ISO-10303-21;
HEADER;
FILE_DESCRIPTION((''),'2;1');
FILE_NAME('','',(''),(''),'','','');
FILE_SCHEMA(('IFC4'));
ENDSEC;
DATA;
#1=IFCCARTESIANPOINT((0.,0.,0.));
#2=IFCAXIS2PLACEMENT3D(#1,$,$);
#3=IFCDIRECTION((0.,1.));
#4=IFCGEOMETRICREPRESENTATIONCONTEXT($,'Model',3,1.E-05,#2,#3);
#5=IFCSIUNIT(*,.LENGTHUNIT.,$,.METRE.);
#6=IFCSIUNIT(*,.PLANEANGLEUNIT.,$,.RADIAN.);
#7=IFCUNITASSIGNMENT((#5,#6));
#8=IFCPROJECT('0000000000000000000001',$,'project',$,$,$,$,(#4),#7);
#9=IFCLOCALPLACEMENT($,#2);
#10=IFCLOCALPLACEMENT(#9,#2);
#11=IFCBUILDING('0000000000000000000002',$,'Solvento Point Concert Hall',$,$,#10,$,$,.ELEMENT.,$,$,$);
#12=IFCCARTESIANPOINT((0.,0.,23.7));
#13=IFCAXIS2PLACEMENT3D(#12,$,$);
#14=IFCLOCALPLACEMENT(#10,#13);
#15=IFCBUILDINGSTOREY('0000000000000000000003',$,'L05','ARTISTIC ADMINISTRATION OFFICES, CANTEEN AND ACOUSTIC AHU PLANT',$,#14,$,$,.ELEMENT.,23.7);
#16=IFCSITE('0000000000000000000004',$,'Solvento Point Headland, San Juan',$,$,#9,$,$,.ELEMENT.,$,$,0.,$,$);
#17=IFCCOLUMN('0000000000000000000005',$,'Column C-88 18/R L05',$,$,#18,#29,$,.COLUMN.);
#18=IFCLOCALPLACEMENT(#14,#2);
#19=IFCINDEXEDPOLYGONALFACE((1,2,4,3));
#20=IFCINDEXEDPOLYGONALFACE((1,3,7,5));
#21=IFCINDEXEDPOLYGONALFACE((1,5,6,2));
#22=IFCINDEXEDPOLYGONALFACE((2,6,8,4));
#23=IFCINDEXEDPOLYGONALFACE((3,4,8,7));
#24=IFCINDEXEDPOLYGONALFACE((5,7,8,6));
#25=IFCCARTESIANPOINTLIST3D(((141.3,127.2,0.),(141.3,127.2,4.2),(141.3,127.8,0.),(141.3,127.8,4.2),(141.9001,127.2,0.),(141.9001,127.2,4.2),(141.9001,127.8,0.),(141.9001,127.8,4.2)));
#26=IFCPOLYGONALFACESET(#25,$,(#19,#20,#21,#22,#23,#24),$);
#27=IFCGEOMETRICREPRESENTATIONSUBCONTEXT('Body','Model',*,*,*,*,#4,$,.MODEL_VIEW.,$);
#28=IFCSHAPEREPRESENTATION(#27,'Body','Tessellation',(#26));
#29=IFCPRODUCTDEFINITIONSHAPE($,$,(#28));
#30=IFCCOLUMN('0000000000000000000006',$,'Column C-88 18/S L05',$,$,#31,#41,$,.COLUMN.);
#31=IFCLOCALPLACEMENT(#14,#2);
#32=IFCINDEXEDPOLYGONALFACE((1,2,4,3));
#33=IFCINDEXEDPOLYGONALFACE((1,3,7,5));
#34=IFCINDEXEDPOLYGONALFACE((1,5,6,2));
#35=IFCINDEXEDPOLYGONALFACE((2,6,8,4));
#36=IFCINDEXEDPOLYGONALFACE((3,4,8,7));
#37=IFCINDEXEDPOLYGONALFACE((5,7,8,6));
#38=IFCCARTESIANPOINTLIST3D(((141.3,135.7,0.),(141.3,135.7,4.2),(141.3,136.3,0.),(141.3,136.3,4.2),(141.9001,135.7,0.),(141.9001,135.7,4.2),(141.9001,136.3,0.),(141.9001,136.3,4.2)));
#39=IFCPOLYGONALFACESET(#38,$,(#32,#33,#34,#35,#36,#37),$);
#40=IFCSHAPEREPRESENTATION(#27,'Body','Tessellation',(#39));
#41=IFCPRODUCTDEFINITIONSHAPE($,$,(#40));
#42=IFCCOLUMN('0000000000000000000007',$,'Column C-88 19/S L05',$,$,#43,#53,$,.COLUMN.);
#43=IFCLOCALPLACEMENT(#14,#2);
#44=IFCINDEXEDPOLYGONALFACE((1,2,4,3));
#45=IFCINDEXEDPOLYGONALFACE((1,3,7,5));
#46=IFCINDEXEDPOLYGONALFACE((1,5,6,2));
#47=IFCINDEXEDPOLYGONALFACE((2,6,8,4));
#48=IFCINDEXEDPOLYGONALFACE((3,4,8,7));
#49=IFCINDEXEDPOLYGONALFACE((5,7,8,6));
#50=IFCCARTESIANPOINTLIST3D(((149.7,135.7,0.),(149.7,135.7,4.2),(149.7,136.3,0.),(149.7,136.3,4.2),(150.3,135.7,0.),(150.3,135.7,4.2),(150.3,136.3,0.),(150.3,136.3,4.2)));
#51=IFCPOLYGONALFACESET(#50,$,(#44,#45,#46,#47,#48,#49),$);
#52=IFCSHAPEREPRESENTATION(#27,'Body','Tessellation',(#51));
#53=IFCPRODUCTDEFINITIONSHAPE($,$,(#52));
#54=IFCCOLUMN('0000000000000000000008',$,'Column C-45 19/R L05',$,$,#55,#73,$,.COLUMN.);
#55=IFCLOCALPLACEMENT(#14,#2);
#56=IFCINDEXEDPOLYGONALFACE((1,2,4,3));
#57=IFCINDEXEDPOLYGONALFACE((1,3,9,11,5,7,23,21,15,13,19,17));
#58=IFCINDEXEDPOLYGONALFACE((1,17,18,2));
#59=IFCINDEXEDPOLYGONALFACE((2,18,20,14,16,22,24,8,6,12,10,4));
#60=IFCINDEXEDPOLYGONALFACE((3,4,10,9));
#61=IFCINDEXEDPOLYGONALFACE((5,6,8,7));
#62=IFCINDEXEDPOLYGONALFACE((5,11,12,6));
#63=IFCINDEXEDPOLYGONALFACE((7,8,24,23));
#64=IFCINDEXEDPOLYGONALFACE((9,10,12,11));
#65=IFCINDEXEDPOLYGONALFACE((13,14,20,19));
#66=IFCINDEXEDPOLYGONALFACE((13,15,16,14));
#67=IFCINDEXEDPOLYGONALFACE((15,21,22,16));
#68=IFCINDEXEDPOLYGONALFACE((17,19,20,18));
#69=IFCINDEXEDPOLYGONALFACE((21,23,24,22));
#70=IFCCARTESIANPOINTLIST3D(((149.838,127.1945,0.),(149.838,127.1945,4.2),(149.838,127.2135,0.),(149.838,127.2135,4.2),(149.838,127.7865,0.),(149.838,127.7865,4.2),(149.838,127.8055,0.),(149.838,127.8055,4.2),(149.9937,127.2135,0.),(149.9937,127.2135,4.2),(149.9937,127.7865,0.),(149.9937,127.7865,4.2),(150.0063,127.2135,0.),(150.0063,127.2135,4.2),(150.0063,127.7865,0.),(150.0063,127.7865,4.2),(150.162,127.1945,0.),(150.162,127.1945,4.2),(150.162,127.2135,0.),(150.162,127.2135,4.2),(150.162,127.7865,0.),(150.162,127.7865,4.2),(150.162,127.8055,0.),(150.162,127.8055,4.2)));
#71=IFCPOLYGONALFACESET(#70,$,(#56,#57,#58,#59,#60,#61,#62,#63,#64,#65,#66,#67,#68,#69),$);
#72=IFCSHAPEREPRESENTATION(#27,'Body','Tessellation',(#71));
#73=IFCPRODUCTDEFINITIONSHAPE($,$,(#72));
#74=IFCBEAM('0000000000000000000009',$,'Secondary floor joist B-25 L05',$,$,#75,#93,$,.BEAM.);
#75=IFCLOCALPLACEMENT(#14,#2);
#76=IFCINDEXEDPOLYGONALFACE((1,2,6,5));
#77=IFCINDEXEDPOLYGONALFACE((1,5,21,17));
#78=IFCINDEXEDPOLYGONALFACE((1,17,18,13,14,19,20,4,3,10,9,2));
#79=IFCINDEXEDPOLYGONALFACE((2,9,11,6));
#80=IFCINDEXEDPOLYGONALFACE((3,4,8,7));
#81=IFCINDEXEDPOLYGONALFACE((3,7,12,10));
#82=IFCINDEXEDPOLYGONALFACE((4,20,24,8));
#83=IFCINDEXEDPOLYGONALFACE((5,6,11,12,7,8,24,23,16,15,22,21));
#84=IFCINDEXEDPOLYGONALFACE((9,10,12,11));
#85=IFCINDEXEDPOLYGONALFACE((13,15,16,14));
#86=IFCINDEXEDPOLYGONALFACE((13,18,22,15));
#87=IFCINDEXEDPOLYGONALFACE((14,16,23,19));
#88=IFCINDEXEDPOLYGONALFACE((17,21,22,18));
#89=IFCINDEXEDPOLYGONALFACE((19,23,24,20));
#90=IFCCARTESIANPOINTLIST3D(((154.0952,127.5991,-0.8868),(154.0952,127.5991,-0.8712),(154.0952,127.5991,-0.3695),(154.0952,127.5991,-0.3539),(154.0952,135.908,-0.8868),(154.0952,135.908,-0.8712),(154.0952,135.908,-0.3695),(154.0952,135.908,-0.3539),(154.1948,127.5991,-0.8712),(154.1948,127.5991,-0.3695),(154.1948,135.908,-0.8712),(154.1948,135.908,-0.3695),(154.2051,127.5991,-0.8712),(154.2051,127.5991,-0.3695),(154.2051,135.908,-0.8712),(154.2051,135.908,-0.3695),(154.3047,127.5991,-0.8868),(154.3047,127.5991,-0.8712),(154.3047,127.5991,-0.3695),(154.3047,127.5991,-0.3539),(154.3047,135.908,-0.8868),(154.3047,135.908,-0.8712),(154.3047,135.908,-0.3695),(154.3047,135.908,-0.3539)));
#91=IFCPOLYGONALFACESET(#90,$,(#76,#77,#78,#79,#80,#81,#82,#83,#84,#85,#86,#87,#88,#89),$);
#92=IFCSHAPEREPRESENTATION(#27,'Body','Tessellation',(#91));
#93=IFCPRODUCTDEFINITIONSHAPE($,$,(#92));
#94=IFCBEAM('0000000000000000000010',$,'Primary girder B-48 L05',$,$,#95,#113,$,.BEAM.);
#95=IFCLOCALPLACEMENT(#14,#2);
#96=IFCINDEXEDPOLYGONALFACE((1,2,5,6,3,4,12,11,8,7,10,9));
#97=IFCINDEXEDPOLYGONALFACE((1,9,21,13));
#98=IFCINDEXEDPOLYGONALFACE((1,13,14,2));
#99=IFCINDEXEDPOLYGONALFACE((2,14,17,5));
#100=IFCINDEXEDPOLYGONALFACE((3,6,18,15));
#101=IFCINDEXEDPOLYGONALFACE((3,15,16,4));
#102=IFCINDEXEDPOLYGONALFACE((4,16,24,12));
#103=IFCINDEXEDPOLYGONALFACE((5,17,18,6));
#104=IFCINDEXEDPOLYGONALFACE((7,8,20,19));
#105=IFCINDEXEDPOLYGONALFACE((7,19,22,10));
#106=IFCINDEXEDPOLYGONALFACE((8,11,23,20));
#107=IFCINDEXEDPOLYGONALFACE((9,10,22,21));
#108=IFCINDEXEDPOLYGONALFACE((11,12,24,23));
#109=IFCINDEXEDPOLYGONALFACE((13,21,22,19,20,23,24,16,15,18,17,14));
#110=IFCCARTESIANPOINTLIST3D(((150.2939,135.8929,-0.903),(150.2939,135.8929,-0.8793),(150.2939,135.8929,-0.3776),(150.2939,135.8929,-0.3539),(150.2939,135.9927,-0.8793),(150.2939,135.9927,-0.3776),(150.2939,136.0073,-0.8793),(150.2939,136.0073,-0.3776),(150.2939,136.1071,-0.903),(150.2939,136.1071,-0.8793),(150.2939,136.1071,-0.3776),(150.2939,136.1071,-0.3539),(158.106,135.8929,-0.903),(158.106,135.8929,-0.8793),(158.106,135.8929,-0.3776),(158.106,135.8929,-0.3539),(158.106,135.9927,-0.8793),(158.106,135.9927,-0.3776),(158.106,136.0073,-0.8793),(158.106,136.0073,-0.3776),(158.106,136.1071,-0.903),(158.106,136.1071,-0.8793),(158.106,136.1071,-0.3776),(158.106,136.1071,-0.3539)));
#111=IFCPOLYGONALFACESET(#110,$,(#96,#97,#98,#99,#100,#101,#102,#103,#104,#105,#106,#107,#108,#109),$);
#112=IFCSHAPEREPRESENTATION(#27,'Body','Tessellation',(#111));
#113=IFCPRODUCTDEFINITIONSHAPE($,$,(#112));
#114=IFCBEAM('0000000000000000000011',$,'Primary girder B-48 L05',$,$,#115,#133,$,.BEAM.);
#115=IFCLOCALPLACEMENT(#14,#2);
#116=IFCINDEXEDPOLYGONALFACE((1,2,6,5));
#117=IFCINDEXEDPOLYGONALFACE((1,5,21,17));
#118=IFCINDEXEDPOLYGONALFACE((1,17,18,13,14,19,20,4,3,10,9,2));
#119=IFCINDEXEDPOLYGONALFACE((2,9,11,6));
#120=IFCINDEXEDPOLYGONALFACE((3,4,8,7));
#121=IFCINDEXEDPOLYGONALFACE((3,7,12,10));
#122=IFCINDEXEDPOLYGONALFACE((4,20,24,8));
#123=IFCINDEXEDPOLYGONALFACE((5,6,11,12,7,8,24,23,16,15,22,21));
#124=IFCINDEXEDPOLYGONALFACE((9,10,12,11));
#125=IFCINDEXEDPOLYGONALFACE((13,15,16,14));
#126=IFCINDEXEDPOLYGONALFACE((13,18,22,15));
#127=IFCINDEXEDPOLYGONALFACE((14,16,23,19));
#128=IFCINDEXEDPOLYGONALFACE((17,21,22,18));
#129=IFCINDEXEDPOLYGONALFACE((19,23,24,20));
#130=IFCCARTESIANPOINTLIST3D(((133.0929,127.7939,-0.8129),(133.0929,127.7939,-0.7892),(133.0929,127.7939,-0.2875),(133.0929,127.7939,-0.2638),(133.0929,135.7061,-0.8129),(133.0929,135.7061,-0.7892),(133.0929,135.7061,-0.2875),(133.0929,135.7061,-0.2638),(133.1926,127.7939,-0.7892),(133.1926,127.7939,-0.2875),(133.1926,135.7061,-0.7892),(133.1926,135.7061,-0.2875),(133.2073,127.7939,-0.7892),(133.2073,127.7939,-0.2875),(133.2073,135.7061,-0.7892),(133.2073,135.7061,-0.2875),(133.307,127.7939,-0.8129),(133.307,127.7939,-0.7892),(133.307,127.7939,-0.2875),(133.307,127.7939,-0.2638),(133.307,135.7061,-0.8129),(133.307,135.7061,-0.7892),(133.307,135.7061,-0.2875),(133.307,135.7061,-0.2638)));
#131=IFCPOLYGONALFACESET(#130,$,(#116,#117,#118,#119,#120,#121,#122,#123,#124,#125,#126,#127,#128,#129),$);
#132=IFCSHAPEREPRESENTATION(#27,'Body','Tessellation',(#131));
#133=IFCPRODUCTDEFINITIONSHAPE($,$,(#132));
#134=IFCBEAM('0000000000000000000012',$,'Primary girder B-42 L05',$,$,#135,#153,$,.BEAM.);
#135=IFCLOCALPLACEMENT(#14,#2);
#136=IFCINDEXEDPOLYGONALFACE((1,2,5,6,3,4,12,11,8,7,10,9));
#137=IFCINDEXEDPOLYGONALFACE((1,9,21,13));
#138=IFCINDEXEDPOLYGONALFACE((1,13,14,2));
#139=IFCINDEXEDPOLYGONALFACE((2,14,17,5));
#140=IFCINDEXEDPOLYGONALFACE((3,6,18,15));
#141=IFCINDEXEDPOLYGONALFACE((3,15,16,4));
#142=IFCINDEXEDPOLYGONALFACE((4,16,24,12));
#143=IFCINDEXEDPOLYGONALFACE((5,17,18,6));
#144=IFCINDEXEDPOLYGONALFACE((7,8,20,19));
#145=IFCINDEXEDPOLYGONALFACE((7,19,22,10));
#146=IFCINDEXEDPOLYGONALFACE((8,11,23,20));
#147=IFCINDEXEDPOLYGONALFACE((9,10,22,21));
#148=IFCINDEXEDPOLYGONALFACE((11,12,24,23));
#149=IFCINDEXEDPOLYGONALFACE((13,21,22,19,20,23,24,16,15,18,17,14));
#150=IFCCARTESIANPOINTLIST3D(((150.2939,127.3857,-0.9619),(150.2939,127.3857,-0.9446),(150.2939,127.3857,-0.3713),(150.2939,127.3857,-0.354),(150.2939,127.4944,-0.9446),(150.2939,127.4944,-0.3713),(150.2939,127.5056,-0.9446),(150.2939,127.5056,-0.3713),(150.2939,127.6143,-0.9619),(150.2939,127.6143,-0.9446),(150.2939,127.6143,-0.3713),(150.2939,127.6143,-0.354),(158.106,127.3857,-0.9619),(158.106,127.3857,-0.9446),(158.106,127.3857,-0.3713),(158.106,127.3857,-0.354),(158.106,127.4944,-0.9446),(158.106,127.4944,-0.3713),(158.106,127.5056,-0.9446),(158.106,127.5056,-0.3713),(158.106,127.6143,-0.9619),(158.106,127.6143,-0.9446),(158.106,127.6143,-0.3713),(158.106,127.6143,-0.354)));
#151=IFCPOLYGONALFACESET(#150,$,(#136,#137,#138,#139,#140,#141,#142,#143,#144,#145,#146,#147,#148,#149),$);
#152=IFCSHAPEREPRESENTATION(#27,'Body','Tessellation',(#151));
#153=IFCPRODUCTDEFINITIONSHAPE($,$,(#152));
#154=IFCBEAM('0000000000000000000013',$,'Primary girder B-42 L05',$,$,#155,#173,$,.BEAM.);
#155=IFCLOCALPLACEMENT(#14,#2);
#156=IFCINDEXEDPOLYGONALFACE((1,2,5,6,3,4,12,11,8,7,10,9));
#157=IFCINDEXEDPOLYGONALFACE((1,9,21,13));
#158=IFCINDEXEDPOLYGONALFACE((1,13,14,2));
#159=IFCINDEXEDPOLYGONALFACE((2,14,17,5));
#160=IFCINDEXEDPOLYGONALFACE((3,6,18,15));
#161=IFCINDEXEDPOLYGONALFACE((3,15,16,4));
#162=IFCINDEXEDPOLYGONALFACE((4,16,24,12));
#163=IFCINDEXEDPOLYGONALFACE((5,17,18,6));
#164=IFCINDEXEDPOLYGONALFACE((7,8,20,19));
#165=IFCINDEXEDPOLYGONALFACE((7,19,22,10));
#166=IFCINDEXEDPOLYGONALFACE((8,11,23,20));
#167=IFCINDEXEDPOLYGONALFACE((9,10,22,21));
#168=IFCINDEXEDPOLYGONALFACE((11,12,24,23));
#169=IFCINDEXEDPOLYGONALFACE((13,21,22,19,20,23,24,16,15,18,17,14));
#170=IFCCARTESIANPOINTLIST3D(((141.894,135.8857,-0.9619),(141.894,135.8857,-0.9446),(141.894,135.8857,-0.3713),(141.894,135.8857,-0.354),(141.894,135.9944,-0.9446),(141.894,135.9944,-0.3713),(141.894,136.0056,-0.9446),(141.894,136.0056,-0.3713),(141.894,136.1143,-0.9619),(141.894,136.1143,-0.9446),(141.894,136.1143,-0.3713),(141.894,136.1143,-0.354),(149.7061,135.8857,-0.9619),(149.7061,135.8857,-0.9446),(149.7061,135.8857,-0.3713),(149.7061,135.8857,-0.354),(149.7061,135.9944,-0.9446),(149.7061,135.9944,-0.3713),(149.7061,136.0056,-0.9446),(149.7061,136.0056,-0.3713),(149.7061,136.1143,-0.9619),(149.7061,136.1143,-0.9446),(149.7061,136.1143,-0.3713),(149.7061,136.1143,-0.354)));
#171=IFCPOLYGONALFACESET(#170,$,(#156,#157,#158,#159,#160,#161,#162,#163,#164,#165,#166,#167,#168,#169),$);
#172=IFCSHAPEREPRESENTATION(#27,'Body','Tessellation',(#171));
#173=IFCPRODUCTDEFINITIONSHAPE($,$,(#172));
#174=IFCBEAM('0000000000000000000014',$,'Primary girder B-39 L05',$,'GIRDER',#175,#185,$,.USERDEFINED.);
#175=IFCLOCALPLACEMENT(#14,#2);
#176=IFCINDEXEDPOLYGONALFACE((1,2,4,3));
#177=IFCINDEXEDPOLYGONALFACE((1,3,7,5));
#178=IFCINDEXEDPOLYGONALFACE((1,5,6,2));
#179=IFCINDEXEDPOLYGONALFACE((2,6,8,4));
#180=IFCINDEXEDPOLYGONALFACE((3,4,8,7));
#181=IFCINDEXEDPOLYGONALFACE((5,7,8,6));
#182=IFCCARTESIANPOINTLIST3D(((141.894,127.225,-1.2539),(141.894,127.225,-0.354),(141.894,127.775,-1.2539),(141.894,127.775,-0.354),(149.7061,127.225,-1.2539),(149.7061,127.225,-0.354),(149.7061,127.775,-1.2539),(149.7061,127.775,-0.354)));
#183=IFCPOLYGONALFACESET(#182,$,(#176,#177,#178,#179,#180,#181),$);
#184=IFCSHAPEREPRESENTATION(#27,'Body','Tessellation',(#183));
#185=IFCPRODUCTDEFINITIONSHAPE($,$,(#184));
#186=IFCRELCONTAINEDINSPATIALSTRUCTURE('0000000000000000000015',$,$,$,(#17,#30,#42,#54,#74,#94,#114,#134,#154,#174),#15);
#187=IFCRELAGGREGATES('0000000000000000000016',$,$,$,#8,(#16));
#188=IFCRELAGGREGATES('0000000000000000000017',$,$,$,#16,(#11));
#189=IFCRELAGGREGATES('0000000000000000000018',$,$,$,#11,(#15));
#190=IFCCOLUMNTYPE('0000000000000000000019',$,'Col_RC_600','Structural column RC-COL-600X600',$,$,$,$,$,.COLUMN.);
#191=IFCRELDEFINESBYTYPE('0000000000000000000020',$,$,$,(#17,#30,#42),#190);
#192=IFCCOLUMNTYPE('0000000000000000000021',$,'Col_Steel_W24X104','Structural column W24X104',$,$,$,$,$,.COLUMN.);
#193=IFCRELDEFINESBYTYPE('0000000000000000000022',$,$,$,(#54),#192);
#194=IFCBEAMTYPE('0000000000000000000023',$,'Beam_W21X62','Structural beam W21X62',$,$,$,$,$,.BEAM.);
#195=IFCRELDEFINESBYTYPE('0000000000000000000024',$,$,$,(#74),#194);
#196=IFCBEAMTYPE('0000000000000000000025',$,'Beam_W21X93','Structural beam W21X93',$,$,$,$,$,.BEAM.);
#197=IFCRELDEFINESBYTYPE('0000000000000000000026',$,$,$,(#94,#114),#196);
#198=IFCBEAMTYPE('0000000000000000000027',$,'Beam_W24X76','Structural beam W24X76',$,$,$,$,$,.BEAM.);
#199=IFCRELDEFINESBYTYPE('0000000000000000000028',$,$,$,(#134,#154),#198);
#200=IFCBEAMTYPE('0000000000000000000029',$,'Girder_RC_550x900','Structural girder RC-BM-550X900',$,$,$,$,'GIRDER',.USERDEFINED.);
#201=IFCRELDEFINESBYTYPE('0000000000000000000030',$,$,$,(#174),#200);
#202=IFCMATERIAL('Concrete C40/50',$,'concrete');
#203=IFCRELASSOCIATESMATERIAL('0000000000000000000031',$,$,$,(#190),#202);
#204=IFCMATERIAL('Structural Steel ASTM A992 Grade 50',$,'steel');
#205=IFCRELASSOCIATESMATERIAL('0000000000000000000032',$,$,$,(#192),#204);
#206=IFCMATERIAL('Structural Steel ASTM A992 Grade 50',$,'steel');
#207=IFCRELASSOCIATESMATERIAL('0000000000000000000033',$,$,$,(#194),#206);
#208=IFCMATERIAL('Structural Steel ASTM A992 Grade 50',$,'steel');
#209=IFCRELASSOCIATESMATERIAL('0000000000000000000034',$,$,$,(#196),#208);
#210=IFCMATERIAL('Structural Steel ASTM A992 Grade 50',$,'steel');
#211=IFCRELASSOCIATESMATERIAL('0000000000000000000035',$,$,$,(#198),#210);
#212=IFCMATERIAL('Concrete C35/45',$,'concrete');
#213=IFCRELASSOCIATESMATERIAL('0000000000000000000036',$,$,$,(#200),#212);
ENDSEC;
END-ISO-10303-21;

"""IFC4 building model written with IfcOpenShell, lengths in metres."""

from ifc_helpers import new_model, si_unit, direction, frame, origin, origin_2d, place, context, subcontext, project, spatial, rectangle, i_section, extrude, material, material_profile, profile_set, type_object, element, save


model = new_model("IFC4")

# Units and contexts
model_context = context("Model", 3, precision=1e-05, world=origin(), true_north=direction((0.0, 1.0)))
body_context = subcontext(model_context, "Body", "Model", "MODEL_VIEW")
ifc_project = project(units=[si_unit("LENGTHUNIT", "METRE"), si_unit("PLANEANGLEUNIT", "RADIAN")], contexts=[model_context])

# Site, building, storey
site_placement = place(None, origin())
site = spatial("IfcSite", under=ifc_project, at=site_placement, Name="Solvento Point Headland, San Juan", CompositionType="ELEMENT", RefElevation=0.0)
building_placement = place(site_placement, origin())
building = spatial("IfcBuilding", under=site, at=building_placement, Name="Solvento Point Concert Hall", CompositionType="ELEMENT")
storey_placement = place(building_placement, frame((0.0, 0.0, 23.7)))
storey = spatial("IfcBuildingStorey", under=building, at=storey_placement, Name="L05", Description="ARTISTIC ADMINISTRATION OFFICES, CANTEEN AND ACOUSTIC AHU PLANT", CompositionType="ELEMENT", Elevation=23.7)

# Columns
ifc_material_1 = material(Name="Concrete C40/50", Category="concrete")
ifc_material_profile_1 = material_profile(ifc_material_1, rectangle(XDim=0.6001, YDim=0.6001, at=origin_2d()), Name="RC-COL-600X600")
ifc_profile_set_1 = profile_set([ifc_material_profile_1], Name="Concrete C40/50")
column_type_1 = type_object("IfcColumnType", Name="Col_RC_600", Description="Structural column RC-COL-600X600", PredefinedType="COLUMN", material=ifc_profile_set_1)
for number, where, z_axis, x_axis, name in (
    (1, (141.6001, 127.5, 0.0), (0.0, 0.0, 1.0), (1.0, 0.0, 0.0), "Column C-88 18/R L05"),
    (2, (141.6001, 136.0, 0.0), (0.0, 0.0, 1.0), (1.0, 0.0, 0.0), "Column C-88 18/S L05"),
    (3, (150.0, 136.0, 0.0), (0.0, 0.0, 1.0), (1.0, 0.0, 0.0), "Column C-88 19/S L05"),
):
    element("IfcColumn", number, at=place(storey_placement, frame(where, z_axis=z_axis, x_axis=x_axis)), inside=storey, type_object=column_type_1, Name=name, PredefinedType="COLUMN", context=body_context, shape_type="SweptSolid", body=[
        extrude(rectangle(XDim=0.6001, YDim=0.6001, at=origin_2d()), origin(), (0.0, 0.0, 1.0), 4.2),
    ])
ifc_material_2 = material(Name="Structural Steel ASTM A992 Grade 50", Category="steel")
ifc_material_profile_2 = material_profile(ifc_material_2, i_section(OverallWidth=0.324, OverallDepth=0.6111, WebThickness=0.0127, FlangeThickness=0.019, at=origin_2d()), Name="W24X104")
ifc_profile_set_2 = profile_set([ifc_material_profile_2], Name="Structural Steel ASTM A992 Grade 50")
column_type_2 = type_object("IfcColumnType", Name="Col_Steel_W24X104", Description="Structural column W24X104", PredefinedType="COLUMN", material=ifc_profile_set_2)
column_placement = place(storey_placement, frame((150.0, 127.5, 0.0), z_axis=(0.0, 0.0, 1.0), x_axis=(1.0, 0.0, 0.0)))
element("IfcColumn", 4, at=column_placement, inside=storey, type_object=column_type_2, Name="Column C-45 19/R L05", PredefinedType="COLUMN", context=body_context, shape_type="SweptSolid", body=[
    extrude(i_section(OverallWidth=0.324, OverallDepth=0.6111, WebThickness=0.0127, FlangeThickness=0.019, at=origin_2d()), origin(), (0.0, 0.0, 1.0), 4.2),
])

# Beams
ifc_material_3 = material(Name="Structural Steel ASTM A992 Grade 50", Category="steel")
ifc_material_profile_3 = material_profile(ifc_material_3, i_section(OverallWidth=0.2095, OverallDepth=0.533, WebThickness=0.0103, FlangeThickness=0.0156, at=origin_2d()), Name="W21X62")
ifc_profile_set_3 = profile_set([ifc_material_profile_3], Name="Structural Steel ASTM A992 Grade 50")
beam_type_1 = type_object("IfcBeamType", Name="Beam_W21X62", Description="Structural beam W21X62", PredefinedType="BEAM", material=ifc_profile_set_3)
beam_1_placement = place(storey_placement, frame((154.2, 127.5991, -0.6204), z_axis=(0.0, 1.0, 0.0), x_axis=(-1.0, 0.0, 0.0)))
element("IfcBeam", 5, at=beam_1_placement, inside=storey, type_object=beam_type_1, Name="Secondary floor joist B-25 L05", PredefinedType="BEAM", context=body_context, shape_type="SweptSolid", body=[
    extrude(i_section(OverallWidth=0.2095, OverallDepth=0.533, WebThickness=0.0103, FlangeThickness=0.0156, at=origin_2d()), origin(), (0.0, 0.0, 1.0), 8.3088),
])
ifc_material_4 = material(Name="Structural Steel ASTM A992 Grade 50", Category="steel")
ifc_material_profile_4 = material_profile(ifc_material_4, i_section(OverallWidth=0.2141, OverallDepth=0.5491, WebThickness=0.0146, FlangeThickness=0.0237, at=origin_2d()), Name="W21X93")
ifc_profile_set_4 = profile_set([ifc_material_profile_4], Name="Structural Steel ASTM A992 Grade 50")
beam_type_2 = type_object("IfcBeamType", Name="Beam_W21X93", Description="Structural beam W21X93", PredefinedType="BEAM", material=ifc_profile_set_4)
beam_2_placement = place(storey_placement, frame((150.2939, 136.0, -0.6284), z_axis=(1.0, 0.0, 0.0), x_axis=(0.0, 1.0, 0.0)))
element("IfcBeam", 6, at=beam_2_placement, inside=storey, type_object=beam_type_2, Name="Primary girder B-48 L05", PredefinedType="BEAM", context=body_context, shape_type="SweptSolid", body=[
    extrude(i_section(OverallWidth=0.2141, OverallDepth=0.5491, WebThickness=0.0146, FlangeThickness=0.0237, at=origin_2d()), origin(), (0.0, 0.0, 1.0), 7.812),
])
beam_3_placement = place(storey_placement, frame((133.2, 127.7939, -0.5383), z_axis=(0.0, 1.0, 0.0), x_axis=(-1.0, 0.0, 0.0)))
element("IfcBeam", 7, at=beam_3_placement, inside=storey, type_object=beam_type_2, Name="Primary girder B-48 L05", PredefinedType="BEAM", context=body_context, shape_type="SweptSolid", body=[
    extrude(i_section(OverallWidth=0.2141, OverallDepth=0.5491, WebThickness=0.0146, FlangeThickness=0.0237, at=origin_2d()), origin(), (0.0, 0.0, 1.0), 7.9121),
])
ifc_material_5 = material(Name="Structural Steel ASTM A992 Grade 50", Category="steel")
ifc_material_profile_5 = material_profile(ifc_material_5, i_section(OverallWidth=0.2285, OverallDepth=0.6079, WebThickness=0.0112, FlangeThickness=0.0173, at=origin_2d()), Name="W24X76")
ifc_profile_set_5 = profile_set([ifc_material_profile_5], Name="Structural Steel ASTM A992 Grade 50")
beam_type_3 = type_object("IfcBeamType", Name="Beam_W24X76", Description="Structural beam W24X76", PredefinedType="BEAM", material=ifc_profile_set_5)
for number, where, z_axis, x_axis, name in (
    (8, (150.2939, 127.5, -0.658), (1.0, 0.0, 0.0), (0.0, 1.0, 0.0), "Primary girder B-42 L05"),
    (9, (141.894, 136.0, -0.658), (1.0, 0.0, 0.0), (0.0, 1.0, 0.0), "Primary girder B-42 L05"),
):
    element("IfcBeam", number, at=place(storey_placement, frame(where, z_axis=z_axis, x_axis=x_axis)), inside=storey, type_object=beam_type_3, Name=name, PredefinedType="BEAM", context=body_context, shape_type="SweptSolid", body=[
        extrude(i_section(OverallWidth=0.2285, OverallDepth=0.6079, WebThickness=0.0112, FlangeThickness=0.0173, at=origin_2d()), origin(), (0.0, 0.0, 1.0), 7.812),
    ])
ifc_material_6 = material(Name="Concrete C35/45", Category="concrete")
ifc_material_profile_6 = material_profile(ifc_material_6, rectangle(XDim=0.55, YDim=0.8999, at=origin_2d()), Name="RC-BM-550X900")
ifc_profile_set_6 = profile_set([ifc_material_profile_6], Name="Concrete C35/45")
beam_type_4 = type_object("IfcBeamType", Name="Girder_RC_550x900", Description="Structural girder RC-BM-550X900", ElementType="GIRDER", PredefinedType="USERDEFINED", material=ifc_profile_set_6)
for number, where, z_axis, x_axis, name in (
    (10, (141.894, 127.5, -0.804), (1.0, 0.0, 0.0), (0.0, 1.0, 0.0), "Primary girder B-39 L05"),
):
    element("IfcBeam", number, at=place(storey_placement, frame(where, z_axis=z_axis, x_axis=x_axis)), inside=storey, type_object=beam_type_4, Name=name, ObjectType="GIRDER", PredefinedType="USERDEFINED", context=body_context, shape_type="SweptSolid", body=[
        extrude(rectangle(XDim=0.55, YDim=0.8999, at=origin_2d()), origin(), (0.0, 0.0, 1.0), 7.812),
    ])

save(model, "model.ifc")
